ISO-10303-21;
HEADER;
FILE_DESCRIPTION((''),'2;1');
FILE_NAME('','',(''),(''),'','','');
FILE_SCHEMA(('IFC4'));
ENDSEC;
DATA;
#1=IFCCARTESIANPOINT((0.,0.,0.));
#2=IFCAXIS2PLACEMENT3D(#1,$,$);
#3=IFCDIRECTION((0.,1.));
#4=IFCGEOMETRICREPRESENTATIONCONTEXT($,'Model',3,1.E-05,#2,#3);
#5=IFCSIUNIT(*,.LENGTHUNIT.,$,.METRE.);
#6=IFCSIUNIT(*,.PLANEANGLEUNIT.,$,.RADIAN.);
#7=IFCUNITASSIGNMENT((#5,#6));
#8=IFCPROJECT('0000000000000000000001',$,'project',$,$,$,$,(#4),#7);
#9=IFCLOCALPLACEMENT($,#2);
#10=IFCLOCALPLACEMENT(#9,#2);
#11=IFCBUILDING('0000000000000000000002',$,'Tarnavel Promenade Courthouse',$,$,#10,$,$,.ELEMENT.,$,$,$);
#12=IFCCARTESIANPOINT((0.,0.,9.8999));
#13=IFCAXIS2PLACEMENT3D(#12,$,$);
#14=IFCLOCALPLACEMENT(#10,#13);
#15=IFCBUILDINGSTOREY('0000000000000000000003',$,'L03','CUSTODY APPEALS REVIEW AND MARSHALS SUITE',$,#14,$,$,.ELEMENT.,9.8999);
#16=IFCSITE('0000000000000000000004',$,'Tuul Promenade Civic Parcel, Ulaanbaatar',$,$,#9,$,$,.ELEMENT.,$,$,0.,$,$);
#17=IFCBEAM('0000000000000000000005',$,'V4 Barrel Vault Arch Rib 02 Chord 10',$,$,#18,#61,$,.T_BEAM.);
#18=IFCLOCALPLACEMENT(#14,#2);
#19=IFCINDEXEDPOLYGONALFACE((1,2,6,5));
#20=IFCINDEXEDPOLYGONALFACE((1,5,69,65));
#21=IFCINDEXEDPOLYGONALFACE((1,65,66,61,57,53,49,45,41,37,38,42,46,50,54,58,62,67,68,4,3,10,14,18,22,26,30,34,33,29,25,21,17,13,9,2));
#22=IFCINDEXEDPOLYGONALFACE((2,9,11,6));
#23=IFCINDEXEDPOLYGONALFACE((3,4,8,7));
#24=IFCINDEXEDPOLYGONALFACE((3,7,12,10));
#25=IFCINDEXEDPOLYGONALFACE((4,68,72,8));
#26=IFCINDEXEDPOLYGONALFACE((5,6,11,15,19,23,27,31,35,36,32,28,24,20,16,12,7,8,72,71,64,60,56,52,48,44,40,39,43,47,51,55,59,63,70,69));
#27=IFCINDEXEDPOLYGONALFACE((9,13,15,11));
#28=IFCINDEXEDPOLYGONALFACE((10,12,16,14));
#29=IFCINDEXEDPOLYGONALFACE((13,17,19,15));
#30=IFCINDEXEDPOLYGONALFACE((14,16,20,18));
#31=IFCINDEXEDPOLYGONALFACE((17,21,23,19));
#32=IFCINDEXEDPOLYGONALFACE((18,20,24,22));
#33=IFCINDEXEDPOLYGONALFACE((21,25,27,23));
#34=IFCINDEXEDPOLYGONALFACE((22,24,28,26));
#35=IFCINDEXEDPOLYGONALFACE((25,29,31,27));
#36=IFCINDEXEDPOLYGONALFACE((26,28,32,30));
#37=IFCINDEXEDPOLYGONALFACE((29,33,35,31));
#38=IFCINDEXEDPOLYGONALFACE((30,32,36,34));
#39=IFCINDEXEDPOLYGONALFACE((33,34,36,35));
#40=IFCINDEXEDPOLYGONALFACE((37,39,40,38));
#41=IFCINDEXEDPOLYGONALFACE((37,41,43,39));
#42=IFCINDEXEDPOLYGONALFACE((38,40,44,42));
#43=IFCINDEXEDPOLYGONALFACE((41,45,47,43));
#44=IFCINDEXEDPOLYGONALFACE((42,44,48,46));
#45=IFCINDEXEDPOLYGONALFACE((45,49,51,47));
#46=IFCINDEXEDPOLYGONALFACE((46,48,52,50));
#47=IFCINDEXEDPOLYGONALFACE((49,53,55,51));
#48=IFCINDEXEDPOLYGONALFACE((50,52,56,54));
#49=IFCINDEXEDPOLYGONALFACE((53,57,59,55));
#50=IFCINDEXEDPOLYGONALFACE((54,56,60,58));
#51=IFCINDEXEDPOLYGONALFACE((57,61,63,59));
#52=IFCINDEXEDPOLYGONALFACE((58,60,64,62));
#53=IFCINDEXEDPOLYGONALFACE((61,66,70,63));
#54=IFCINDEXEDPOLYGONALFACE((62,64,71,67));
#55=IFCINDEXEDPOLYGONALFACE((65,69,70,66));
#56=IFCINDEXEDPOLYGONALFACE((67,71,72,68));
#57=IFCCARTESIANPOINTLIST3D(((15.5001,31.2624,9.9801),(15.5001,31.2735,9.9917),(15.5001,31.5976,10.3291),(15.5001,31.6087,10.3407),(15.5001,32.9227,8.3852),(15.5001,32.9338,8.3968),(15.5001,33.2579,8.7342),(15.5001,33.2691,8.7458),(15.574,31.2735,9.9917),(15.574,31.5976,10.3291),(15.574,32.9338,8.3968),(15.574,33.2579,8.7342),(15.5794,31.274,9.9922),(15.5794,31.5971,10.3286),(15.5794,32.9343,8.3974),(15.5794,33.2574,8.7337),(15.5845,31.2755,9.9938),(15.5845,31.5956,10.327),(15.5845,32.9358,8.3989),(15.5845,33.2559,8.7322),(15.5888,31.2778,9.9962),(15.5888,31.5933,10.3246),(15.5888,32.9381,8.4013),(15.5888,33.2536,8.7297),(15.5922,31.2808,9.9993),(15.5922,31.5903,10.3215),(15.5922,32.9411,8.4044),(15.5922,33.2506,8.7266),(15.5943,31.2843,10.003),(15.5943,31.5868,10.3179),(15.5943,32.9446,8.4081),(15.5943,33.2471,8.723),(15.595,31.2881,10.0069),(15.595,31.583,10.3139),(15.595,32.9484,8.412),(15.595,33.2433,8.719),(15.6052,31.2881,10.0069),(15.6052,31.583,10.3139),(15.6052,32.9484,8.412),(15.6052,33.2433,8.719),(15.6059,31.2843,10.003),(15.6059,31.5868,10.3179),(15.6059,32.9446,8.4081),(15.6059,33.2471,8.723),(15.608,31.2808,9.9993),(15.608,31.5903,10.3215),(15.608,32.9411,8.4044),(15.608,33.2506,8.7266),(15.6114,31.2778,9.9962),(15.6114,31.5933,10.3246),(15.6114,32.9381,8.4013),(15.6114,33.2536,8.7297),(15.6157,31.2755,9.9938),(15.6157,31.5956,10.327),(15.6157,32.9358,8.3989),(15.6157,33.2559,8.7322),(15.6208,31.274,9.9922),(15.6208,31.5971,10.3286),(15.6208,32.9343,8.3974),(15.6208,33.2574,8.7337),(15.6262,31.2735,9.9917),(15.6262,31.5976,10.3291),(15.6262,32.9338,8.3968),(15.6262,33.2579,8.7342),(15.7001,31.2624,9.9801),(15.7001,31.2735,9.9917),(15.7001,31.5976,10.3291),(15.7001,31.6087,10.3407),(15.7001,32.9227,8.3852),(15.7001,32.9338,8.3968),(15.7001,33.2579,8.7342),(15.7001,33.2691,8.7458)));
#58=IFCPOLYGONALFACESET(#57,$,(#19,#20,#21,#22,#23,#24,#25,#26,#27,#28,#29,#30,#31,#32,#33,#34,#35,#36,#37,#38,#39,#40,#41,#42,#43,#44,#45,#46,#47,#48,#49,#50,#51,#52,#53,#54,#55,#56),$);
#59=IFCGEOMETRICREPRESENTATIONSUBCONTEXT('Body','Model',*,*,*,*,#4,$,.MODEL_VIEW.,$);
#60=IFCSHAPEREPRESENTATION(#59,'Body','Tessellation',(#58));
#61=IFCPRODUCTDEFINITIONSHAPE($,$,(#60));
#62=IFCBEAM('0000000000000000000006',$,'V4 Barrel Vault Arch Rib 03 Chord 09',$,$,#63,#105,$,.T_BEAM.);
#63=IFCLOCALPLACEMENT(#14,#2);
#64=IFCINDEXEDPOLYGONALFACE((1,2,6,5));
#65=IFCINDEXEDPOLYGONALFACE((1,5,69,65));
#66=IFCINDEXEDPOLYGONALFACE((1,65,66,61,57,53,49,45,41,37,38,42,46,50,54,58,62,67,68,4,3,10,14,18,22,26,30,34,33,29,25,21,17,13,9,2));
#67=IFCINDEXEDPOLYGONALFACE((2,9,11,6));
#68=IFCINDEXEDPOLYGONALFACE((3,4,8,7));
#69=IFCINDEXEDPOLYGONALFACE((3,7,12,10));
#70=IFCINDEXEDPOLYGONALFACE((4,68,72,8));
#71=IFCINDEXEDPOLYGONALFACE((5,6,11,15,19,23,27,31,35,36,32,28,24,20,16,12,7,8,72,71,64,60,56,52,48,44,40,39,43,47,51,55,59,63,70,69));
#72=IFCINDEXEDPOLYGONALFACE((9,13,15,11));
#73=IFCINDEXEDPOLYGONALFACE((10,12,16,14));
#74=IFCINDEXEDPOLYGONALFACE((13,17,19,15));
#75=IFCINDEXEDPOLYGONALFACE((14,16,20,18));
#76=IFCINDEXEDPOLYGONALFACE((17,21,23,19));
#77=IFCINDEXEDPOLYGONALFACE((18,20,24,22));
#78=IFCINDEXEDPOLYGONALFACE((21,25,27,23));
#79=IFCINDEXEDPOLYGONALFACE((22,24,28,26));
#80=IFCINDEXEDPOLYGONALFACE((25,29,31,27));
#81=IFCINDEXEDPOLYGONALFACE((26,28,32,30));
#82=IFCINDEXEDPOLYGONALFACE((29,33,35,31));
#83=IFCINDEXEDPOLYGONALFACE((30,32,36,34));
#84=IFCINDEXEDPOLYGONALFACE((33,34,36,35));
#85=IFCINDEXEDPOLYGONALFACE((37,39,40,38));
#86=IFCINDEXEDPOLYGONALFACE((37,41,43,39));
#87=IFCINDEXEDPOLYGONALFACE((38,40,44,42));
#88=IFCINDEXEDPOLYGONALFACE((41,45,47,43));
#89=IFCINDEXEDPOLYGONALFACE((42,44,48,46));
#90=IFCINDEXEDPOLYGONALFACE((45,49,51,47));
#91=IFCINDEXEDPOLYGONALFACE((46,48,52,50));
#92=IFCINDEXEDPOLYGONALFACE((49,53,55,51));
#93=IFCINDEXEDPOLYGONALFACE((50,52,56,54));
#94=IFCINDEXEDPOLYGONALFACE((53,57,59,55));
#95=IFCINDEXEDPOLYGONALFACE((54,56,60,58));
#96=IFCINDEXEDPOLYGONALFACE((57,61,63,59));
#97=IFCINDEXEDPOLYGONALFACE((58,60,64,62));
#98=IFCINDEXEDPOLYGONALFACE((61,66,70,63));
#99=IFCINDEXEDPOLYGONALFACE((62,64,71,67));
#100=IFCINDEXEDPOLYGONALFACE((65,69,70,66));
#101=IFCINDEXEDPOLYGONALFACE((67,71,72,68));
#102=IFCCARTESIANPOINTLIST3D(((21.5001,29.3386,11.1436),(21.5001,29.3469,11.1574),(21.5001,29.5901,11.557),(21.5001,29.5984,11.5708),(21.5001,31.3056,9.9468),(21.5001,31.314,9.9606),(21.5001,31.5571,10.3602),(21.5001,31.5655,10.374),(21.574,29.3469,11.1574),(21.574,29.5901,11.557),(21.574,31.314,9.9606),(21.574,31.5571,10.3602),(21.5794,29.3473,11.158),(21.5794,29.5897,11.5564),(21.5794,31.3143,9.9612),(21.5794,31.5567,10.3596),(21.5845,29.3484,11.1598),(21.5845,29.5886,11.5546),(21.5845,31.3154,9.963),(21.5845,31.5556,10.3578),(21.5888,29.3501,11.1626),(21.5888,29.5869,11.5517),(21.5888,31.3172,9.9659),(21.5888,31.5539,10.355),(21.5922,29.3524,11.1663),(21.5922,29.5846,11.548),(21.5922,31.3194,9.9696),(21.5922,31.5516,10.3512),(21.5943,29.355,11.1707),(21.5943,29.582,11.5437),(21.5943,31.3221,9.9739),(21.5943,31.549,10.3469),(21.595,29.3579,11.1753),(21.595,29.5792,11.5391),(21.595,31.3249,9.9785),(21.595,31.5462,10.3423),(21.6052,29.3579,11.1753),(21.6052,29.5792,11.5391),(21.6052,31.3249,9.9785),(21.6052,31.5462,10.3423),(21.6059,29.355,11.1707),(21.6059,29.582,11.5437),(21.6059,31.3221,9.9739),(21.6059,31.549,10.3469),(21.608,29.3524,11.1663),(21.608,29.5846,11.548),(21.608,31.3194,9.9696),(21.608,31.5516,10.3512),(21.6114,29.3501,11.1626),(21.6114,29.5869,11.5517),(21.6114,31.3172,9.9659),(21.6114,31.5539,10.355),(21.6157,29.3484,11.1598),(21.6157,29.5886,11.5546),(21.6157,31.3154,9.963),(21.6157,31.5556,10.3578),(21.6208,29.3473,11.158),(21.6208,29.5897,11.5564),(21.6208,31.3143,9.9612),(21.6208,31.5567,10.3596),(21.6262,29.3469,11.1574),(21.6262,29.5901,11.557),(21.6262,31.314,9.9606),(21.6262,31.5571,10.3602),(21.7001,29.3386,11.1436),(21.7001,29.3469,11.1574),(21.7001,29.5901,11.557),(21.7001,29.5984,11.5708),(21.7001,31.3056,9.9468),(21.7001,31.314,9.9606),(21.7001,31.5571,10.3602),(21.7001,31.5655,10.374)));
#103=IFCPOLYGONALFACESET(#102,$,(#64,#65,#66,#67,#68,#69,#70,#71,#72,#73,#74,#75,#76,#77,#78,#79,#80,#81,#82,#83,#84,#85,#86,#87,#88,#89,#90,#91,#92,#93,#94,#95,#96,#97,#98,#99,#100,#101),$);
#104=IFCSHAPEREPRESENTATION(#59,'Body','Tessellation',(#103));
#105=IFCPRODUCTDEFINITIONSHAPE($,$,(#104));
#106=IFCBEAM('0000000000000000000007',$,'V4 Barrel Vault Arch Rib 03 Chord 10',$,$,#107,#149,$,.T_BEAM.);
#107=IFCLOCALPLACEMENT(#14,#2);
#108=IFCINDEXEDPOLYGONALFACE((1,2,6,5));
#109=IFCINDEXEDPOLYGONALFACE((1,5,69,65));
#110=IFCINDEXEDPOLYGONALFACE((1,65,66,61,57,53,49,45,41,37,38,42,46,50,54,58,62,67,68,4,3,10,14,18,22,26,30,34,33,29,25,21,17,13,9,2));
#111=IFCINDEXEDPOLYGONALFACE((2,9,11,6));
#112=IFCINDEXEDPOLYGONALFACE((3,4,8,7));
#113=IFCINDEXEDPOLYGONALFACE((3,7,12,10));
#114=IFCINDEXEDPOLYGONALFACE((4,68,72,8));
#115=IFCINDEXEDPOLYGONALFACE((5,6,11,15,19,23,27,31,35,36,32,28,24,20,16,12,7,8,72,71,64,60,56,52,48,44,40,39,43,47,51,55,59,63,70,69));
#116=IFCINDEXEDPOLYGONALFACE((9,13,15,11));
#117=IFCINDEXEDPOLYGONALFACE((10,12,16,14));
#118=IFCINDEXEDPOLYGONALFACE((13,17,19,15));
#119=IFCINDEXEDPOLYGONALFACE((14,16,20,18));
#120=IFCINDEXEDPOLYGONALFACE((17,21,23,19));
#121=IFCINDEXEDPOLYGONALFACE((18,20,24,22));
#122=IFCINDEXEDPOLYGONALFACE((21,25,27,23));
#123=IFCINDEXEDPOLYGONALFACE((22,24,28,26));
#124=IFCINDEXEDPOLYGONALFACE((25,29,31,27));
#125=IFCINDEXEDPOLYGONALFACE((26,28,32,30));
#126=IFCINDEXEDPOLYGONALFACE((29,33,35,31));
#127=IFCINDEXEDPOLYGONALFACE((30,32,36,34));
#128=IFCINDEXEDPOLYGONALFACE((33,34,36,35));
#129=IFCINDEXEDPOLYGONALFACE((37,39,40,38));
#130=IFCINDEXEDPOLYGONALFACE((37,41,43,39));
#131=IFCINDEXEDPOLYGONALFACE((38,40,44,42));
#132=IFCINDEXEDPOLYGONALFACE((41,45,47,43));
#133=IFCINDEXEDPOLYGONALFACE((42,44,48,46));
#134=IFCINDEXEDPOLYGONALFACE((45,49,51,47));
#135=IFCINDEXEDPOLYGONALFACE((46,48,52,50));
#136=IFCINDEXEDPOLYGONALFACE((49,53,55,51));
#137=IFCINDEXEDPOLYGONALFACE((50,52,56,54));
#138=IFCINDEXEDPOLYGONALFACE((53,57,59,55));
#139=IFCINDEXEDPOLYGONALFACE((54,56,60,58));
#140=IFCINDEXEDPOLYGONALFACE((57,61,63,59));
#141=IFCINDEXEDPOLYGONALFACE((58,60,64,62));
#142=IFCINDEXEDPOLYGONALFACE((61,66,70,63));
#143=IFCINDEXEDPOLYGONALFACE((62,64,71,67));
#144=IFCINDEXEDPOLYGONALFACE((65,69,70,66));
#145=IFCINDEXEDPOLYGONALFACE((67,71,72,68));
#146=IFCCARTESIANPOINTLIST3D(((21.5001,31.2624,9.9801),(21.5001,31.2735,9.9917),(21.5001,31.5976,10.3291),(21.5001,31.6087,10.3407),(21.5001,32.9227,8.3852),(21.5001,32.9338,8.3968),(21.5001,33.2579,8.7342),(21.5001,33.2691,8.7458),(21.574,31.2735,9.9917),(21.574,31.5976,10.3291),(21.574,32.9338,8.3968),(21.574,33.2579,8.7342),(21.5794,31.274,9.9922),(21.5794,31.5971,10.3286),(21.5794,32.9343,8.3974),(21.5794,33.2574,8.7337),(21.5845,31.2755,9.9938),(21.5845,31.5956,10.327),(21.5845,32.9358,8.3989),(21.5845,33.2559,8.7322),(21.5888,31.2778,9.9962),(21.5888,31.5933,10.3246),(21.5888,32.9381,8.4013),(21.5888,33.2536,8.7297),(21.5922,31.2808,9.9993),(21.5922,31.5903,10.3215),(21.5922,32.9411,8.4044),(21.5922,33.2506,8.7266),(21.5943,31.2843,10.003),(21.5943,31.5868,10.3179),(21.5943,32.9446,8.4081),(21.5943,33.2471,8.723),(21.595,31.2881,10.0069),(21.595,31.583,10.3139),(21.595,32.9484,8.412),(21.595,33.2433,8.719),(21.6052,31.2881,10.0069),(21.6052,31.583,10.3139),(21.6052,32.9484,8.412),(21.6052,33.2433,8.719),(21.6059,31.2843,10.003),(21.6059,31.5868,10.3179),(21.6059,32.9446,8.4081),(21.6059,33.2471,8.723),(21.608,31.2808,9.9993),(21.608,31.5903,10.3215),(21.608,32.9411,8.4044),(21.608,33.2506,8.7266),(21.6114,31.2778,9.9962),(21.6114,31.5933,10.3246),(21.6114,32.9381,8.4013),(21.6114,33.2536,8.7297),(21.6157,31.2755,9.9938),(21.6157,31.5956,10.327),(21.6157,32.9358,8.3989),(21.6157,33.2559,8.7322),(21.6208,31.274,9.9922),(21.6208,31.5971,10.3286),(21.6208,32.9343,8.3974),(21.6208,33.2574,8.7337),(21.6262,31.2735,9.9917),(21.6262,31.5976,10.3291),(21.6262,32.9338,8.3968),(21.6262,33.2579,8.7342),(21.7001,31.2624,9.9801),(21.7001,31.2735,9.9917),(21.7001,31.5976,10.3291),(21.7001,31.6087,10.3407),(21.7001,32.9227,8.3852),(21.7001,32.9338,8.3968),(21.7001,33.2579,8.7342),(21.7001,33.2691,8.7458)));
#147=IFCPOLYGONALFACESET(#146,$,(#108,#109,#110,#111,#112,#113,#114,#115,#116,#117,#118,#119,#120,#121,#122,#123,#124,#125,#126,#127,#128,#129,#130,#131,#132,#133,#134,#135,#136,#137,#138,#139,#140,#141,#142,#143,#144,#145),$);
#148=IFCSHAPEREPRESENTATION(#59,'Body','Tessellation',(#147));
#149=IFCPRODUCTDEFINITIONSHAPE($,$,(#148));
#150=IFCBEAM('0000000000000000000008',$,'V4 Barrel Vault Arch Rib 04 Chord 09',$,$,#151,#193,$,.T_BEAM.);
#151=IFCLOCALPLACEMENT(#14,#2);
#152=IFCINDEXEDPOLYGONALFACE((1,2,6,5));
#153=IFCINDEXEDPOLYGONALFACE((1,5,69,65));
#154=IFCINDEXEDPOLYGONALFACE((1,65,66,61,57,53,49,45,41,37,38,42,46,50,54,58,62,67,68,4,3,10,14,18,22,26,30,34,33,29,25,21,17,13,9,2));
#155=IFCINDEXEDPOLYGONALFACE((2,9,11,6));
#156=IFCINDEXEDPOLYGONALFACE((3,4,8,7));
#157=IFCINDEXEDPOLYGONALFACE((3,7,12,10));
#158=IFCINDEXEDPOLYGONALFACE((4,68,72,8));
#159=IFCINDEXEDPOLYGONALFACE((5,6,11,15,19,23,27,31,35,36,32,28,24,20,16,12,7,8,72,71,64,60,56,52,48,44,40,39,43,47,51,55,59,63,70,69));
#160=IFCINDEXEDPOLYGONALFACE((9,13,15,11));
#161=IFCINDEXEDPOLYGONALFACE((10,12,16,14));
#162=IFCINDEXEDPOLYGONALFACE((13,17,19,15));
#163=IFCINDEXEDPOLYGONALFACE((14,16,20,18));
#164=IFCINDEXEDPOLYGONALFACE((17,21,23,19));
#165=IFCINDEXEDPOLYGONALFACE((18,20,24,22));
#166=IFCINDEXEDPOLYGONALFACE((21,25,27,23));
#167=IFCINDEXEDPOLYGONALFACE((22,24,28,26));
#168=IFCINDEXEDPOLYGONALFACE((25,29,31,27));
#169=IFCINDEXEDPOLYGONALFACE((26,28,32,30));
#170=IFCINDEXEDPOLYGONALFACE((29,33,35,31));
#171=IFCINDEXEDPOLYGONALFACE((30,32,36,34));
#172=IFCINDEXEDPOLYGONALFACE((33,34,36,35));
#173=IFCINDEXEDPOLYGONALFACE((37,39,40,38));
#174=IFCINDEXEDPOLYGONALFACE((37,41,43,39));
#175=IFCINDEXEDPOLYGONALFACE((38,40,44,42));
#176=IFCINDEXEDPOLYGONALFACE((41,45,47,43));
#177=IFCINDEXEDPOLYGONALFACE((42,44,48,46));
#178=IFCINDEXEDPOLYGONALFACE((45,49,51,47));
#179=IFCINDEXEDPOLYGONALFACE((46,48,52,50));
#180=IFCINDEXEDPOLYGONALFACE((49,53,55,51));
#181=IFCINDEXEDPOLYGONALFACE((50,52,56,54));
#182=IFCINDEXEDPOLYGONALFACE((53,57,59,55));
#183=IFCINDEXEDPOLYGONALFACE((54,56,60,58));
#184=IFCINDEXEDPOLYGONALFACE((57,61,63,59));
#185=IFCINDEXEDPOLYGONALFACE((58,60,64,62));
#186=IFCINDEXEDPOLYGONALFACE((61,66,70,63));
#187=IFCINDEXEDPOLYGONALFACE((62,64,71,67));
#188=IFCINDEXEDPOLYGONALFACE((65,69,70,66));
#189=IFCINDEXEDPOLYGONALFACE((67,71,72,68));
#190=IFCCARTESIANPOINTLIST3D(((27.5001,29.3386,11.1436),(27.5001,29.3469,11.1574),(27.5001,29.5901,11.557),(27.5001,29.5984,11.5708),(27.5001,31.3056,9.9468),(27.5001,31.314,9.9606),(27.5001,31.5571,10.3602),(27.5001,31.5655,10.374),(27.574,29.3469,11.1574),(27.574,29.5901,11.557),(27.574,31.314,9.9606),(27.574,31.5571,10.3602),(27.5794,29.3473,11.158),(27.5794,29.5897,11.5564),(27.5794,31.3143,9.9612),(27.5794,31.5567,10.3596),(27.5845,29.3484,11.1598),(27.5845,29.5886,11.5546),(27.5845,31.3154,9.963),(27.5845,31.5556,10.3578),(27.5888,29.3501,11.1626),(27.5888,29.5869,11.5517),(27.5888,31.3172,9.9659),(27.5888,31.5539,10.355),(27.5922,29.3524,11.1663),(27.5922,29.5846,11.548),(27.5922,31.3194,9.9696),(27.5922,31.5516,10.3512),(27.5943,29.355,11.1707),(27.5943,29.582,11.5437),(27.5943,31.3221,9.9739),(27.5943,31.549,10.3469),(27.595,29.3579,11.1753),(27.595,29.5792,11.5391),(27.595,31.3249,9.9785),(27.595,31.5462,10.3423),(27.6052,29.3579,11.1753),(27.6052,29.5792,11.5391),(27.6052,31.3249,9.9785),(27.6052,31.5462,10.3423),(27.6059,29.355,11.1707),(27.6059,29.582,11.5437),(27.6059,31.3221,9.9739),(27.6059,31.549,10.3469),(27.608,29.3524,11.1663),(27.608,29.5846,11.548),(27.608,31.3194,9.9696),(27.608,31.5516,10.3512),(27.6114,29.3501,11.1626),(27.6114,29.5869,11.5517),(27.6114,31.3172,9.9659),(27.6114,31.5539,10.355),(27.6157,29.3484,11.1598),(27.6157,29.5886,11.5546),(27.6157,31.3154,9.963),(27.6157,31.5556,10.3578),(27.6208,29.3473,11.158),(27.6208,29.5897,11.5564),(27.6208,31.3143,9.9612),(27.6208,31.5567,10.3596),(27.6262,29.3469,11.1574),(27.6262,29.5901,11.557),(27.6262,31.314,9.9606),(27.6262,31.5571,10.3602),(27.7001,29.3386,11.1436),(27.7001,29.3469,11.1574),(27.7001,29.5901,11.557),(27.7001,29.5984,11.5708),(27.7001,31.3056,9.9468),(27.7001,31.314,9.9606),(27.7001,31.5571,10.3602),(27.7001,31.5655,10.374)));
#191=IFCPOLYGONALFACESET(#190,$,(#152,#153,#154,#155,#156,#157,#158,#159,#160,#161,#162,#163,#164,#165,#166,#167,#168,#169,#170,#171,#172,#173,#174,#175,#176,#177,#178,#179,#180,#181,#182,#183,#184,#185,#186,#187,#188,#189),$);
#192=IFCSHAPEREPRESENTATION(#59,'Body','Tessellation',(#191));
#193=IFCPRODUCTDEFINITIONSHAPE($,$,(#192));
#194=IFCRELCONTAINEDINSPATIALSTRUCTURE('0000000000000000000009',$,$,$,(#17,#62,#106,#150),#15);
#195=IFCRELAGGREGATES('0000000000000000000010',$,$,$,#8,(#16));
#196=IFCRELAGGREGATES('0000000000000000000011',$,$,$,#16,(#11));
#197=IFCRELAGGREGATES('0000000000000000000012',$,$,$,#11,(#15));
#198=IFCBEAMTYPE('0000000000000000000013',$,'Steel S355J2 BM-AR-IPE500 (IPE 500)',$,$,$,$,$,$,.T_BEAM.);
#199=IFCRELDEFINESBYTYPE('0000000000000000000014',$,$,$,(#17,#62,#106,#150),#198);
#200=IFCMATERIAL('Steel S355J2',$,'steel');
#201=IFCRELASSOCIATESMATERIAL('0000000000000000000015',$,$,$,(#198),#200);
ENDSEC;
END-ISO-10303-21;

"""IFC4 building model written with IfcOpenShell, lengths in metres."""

from ifc_helpers import new_model, si_unit, direction, frame, origin, origin_2d, place, context, subcontext, project, spatial, i_section, extrude, material, material_profile, profile_set, type_object, element, save


model = new_model("IFC4")

# Units and contexts
model_context = context("Model", 3, precision=1e-05, world=origin(), true_north=direction((0.0, 1.0)))
body_context = subcontext(model_context, "Body", "Model", "MODEL_VIEW")
ifc_project = project(units=[si_unit("LENGTHUNIT", "METRE"), si_unit("PLANEANGLEUNIT", "RADIAN")], contexts=[model_context])

# Site, building, storey
site_placement = place(None, origin())
site = spatial("IfcSite", under=ifc_project, at=site_placement, Name="Tuul Promenade Civic Parcel, Ulaanbaatar", CompositionType="ELEMENT", RefElevation=0.0)
building_placement = place(site_placement, origin())
building = spatial("IfcBuilding", under=site, at=building_placement, Name="Tarnavel Promenade Courthouse", CompositionType="ELEMENT")
storey_placement = place(building_placement, frame((0.0, 0.0, 9.8999)))
storey = spatial("IfcBuildingStorey", under=building, at=storey_placement, Name="L03", Description="CUSTODY APPEALS REVIEW AND MARSHALS SUITE", CompositionType="ELEMENT", Elevation=9.8999)

# Beams
ifc_material_1 = material(Name="Steel S355J2", Category="steel")
ifc_material_profile_1 = material_profile(ifc_material_1, i_section(OverallWidth=0.2, OverallDepth=0.5, WebThickness=0.0103, FlangeThickness=0.0161, FilletRadius=0.021, at=origin_2d()), Name="IPE 500")
ifc_profile_set_1 = profile_set([ifc_material_profile_1], Name="Steel S355J2")
beam_type = type_object("IfcBeamType", Name="Steel S355J2 BM-AR-IPE500 (IPE 500)", PredefinedType="T_BEAM", material=ifc_profile_set_1)
beam_1_placement = place(storey_placement, frame((15.6001, 31.4355, 10.1604), z_axis=(0.0, 0.721173, -0.692755), x_axis=(-1.0, 0.0, 0.0)))
element("IfcBeam", 1, at=beam_1_placement, inside=storey, type_object=beam_type, Name="V4 Barrel Vault Arch Rib 02 Chord 10", PredefinedType="T_BEAM", context=body_context, shape_type="SweptSolid", body=[
    extrude(i_section(OverallWidth=0.2, OverallDepth=0.5, WebThickness=0.0103, FlangeThickness=0.0161, FilletRadius=0.021, at=origin_2d()), origin(), (0.0, 0.0, 1.0), 2.3022),
])
beam_2_placement = place(storey_placement, frame((21.6001, 29.4685, 11.3572), z_axis=(0.0, 0.854305, -0.519772), x_axis=(-1.0, 0.0, 0.0)))
element("IfcBeam", 2, at=beam_2_placement, inside=storey, type_object=beam_type, Name="V4 Barrel Vault Arch Rib 03 Chord 09", PredefinedType="T_BEAM", context=body_context, shape_type="SweptSolid", body=[
    extrude(i_section(OverallWidth=0.2, OverallDepth=0.5, WebThickness=0.0103, FlangeThickness=0.0161, FilletRadius=0.021, at=origin_2d()), origin(), (0.0, 0.0, 1.0), 2.3025),
])
beam_3_placement = place(storey_placement, frame((21.6001, 31.4355, 10.1604), z_axis=(0.0, 0.721173, -0.692755), x_axis=(-1.0, 0.0, 0.0)))
element("IfcBeam", 3, at=beam_3_placement, inside=storey, type_object=beam_type, Name="V4 Barrel Vault Arch Rib 03 Chord 10", PredefinedType="T_BEAM", context=body_context, shape_type="SweptSolid", body=[
    extrude(i_section(OverallWidth=0.2, OverallDepth=0.5, WebThickness=0.0103, FlangeThickness=0.0161, FilletRadius=0.021, at=origin_2d()), origin(), (0.0, 0.0, 1.0), 2.3022),
])
beam_4_placement = place(storey_placement, frame((27.6001, 29.4685, 11.3572), z_axis=(0.0, 0.854305, -0.519772), x_axis=(-1.0, 0.0, 0.0)))
element("IfcBeam", 4, at=beam_4_placement, inside=storey, type_object=beam_type, Name="V4 Barrel Vault Arch Rib 04 Chord 09", PredefinedType="T_BEAM", context=body_context, shape_type="SweptSolid", body=[
    extrude(i_section(OverallWidth=0.2, OverallDepth=0.5, WebThickness=0.0103, FlangeThickness=0.0161, FilletRadius=0.021, at=origin_2d()), origin(), (0.0, 0.0, 1.0), 2.3025),
])

save(model, "model.ifc")
